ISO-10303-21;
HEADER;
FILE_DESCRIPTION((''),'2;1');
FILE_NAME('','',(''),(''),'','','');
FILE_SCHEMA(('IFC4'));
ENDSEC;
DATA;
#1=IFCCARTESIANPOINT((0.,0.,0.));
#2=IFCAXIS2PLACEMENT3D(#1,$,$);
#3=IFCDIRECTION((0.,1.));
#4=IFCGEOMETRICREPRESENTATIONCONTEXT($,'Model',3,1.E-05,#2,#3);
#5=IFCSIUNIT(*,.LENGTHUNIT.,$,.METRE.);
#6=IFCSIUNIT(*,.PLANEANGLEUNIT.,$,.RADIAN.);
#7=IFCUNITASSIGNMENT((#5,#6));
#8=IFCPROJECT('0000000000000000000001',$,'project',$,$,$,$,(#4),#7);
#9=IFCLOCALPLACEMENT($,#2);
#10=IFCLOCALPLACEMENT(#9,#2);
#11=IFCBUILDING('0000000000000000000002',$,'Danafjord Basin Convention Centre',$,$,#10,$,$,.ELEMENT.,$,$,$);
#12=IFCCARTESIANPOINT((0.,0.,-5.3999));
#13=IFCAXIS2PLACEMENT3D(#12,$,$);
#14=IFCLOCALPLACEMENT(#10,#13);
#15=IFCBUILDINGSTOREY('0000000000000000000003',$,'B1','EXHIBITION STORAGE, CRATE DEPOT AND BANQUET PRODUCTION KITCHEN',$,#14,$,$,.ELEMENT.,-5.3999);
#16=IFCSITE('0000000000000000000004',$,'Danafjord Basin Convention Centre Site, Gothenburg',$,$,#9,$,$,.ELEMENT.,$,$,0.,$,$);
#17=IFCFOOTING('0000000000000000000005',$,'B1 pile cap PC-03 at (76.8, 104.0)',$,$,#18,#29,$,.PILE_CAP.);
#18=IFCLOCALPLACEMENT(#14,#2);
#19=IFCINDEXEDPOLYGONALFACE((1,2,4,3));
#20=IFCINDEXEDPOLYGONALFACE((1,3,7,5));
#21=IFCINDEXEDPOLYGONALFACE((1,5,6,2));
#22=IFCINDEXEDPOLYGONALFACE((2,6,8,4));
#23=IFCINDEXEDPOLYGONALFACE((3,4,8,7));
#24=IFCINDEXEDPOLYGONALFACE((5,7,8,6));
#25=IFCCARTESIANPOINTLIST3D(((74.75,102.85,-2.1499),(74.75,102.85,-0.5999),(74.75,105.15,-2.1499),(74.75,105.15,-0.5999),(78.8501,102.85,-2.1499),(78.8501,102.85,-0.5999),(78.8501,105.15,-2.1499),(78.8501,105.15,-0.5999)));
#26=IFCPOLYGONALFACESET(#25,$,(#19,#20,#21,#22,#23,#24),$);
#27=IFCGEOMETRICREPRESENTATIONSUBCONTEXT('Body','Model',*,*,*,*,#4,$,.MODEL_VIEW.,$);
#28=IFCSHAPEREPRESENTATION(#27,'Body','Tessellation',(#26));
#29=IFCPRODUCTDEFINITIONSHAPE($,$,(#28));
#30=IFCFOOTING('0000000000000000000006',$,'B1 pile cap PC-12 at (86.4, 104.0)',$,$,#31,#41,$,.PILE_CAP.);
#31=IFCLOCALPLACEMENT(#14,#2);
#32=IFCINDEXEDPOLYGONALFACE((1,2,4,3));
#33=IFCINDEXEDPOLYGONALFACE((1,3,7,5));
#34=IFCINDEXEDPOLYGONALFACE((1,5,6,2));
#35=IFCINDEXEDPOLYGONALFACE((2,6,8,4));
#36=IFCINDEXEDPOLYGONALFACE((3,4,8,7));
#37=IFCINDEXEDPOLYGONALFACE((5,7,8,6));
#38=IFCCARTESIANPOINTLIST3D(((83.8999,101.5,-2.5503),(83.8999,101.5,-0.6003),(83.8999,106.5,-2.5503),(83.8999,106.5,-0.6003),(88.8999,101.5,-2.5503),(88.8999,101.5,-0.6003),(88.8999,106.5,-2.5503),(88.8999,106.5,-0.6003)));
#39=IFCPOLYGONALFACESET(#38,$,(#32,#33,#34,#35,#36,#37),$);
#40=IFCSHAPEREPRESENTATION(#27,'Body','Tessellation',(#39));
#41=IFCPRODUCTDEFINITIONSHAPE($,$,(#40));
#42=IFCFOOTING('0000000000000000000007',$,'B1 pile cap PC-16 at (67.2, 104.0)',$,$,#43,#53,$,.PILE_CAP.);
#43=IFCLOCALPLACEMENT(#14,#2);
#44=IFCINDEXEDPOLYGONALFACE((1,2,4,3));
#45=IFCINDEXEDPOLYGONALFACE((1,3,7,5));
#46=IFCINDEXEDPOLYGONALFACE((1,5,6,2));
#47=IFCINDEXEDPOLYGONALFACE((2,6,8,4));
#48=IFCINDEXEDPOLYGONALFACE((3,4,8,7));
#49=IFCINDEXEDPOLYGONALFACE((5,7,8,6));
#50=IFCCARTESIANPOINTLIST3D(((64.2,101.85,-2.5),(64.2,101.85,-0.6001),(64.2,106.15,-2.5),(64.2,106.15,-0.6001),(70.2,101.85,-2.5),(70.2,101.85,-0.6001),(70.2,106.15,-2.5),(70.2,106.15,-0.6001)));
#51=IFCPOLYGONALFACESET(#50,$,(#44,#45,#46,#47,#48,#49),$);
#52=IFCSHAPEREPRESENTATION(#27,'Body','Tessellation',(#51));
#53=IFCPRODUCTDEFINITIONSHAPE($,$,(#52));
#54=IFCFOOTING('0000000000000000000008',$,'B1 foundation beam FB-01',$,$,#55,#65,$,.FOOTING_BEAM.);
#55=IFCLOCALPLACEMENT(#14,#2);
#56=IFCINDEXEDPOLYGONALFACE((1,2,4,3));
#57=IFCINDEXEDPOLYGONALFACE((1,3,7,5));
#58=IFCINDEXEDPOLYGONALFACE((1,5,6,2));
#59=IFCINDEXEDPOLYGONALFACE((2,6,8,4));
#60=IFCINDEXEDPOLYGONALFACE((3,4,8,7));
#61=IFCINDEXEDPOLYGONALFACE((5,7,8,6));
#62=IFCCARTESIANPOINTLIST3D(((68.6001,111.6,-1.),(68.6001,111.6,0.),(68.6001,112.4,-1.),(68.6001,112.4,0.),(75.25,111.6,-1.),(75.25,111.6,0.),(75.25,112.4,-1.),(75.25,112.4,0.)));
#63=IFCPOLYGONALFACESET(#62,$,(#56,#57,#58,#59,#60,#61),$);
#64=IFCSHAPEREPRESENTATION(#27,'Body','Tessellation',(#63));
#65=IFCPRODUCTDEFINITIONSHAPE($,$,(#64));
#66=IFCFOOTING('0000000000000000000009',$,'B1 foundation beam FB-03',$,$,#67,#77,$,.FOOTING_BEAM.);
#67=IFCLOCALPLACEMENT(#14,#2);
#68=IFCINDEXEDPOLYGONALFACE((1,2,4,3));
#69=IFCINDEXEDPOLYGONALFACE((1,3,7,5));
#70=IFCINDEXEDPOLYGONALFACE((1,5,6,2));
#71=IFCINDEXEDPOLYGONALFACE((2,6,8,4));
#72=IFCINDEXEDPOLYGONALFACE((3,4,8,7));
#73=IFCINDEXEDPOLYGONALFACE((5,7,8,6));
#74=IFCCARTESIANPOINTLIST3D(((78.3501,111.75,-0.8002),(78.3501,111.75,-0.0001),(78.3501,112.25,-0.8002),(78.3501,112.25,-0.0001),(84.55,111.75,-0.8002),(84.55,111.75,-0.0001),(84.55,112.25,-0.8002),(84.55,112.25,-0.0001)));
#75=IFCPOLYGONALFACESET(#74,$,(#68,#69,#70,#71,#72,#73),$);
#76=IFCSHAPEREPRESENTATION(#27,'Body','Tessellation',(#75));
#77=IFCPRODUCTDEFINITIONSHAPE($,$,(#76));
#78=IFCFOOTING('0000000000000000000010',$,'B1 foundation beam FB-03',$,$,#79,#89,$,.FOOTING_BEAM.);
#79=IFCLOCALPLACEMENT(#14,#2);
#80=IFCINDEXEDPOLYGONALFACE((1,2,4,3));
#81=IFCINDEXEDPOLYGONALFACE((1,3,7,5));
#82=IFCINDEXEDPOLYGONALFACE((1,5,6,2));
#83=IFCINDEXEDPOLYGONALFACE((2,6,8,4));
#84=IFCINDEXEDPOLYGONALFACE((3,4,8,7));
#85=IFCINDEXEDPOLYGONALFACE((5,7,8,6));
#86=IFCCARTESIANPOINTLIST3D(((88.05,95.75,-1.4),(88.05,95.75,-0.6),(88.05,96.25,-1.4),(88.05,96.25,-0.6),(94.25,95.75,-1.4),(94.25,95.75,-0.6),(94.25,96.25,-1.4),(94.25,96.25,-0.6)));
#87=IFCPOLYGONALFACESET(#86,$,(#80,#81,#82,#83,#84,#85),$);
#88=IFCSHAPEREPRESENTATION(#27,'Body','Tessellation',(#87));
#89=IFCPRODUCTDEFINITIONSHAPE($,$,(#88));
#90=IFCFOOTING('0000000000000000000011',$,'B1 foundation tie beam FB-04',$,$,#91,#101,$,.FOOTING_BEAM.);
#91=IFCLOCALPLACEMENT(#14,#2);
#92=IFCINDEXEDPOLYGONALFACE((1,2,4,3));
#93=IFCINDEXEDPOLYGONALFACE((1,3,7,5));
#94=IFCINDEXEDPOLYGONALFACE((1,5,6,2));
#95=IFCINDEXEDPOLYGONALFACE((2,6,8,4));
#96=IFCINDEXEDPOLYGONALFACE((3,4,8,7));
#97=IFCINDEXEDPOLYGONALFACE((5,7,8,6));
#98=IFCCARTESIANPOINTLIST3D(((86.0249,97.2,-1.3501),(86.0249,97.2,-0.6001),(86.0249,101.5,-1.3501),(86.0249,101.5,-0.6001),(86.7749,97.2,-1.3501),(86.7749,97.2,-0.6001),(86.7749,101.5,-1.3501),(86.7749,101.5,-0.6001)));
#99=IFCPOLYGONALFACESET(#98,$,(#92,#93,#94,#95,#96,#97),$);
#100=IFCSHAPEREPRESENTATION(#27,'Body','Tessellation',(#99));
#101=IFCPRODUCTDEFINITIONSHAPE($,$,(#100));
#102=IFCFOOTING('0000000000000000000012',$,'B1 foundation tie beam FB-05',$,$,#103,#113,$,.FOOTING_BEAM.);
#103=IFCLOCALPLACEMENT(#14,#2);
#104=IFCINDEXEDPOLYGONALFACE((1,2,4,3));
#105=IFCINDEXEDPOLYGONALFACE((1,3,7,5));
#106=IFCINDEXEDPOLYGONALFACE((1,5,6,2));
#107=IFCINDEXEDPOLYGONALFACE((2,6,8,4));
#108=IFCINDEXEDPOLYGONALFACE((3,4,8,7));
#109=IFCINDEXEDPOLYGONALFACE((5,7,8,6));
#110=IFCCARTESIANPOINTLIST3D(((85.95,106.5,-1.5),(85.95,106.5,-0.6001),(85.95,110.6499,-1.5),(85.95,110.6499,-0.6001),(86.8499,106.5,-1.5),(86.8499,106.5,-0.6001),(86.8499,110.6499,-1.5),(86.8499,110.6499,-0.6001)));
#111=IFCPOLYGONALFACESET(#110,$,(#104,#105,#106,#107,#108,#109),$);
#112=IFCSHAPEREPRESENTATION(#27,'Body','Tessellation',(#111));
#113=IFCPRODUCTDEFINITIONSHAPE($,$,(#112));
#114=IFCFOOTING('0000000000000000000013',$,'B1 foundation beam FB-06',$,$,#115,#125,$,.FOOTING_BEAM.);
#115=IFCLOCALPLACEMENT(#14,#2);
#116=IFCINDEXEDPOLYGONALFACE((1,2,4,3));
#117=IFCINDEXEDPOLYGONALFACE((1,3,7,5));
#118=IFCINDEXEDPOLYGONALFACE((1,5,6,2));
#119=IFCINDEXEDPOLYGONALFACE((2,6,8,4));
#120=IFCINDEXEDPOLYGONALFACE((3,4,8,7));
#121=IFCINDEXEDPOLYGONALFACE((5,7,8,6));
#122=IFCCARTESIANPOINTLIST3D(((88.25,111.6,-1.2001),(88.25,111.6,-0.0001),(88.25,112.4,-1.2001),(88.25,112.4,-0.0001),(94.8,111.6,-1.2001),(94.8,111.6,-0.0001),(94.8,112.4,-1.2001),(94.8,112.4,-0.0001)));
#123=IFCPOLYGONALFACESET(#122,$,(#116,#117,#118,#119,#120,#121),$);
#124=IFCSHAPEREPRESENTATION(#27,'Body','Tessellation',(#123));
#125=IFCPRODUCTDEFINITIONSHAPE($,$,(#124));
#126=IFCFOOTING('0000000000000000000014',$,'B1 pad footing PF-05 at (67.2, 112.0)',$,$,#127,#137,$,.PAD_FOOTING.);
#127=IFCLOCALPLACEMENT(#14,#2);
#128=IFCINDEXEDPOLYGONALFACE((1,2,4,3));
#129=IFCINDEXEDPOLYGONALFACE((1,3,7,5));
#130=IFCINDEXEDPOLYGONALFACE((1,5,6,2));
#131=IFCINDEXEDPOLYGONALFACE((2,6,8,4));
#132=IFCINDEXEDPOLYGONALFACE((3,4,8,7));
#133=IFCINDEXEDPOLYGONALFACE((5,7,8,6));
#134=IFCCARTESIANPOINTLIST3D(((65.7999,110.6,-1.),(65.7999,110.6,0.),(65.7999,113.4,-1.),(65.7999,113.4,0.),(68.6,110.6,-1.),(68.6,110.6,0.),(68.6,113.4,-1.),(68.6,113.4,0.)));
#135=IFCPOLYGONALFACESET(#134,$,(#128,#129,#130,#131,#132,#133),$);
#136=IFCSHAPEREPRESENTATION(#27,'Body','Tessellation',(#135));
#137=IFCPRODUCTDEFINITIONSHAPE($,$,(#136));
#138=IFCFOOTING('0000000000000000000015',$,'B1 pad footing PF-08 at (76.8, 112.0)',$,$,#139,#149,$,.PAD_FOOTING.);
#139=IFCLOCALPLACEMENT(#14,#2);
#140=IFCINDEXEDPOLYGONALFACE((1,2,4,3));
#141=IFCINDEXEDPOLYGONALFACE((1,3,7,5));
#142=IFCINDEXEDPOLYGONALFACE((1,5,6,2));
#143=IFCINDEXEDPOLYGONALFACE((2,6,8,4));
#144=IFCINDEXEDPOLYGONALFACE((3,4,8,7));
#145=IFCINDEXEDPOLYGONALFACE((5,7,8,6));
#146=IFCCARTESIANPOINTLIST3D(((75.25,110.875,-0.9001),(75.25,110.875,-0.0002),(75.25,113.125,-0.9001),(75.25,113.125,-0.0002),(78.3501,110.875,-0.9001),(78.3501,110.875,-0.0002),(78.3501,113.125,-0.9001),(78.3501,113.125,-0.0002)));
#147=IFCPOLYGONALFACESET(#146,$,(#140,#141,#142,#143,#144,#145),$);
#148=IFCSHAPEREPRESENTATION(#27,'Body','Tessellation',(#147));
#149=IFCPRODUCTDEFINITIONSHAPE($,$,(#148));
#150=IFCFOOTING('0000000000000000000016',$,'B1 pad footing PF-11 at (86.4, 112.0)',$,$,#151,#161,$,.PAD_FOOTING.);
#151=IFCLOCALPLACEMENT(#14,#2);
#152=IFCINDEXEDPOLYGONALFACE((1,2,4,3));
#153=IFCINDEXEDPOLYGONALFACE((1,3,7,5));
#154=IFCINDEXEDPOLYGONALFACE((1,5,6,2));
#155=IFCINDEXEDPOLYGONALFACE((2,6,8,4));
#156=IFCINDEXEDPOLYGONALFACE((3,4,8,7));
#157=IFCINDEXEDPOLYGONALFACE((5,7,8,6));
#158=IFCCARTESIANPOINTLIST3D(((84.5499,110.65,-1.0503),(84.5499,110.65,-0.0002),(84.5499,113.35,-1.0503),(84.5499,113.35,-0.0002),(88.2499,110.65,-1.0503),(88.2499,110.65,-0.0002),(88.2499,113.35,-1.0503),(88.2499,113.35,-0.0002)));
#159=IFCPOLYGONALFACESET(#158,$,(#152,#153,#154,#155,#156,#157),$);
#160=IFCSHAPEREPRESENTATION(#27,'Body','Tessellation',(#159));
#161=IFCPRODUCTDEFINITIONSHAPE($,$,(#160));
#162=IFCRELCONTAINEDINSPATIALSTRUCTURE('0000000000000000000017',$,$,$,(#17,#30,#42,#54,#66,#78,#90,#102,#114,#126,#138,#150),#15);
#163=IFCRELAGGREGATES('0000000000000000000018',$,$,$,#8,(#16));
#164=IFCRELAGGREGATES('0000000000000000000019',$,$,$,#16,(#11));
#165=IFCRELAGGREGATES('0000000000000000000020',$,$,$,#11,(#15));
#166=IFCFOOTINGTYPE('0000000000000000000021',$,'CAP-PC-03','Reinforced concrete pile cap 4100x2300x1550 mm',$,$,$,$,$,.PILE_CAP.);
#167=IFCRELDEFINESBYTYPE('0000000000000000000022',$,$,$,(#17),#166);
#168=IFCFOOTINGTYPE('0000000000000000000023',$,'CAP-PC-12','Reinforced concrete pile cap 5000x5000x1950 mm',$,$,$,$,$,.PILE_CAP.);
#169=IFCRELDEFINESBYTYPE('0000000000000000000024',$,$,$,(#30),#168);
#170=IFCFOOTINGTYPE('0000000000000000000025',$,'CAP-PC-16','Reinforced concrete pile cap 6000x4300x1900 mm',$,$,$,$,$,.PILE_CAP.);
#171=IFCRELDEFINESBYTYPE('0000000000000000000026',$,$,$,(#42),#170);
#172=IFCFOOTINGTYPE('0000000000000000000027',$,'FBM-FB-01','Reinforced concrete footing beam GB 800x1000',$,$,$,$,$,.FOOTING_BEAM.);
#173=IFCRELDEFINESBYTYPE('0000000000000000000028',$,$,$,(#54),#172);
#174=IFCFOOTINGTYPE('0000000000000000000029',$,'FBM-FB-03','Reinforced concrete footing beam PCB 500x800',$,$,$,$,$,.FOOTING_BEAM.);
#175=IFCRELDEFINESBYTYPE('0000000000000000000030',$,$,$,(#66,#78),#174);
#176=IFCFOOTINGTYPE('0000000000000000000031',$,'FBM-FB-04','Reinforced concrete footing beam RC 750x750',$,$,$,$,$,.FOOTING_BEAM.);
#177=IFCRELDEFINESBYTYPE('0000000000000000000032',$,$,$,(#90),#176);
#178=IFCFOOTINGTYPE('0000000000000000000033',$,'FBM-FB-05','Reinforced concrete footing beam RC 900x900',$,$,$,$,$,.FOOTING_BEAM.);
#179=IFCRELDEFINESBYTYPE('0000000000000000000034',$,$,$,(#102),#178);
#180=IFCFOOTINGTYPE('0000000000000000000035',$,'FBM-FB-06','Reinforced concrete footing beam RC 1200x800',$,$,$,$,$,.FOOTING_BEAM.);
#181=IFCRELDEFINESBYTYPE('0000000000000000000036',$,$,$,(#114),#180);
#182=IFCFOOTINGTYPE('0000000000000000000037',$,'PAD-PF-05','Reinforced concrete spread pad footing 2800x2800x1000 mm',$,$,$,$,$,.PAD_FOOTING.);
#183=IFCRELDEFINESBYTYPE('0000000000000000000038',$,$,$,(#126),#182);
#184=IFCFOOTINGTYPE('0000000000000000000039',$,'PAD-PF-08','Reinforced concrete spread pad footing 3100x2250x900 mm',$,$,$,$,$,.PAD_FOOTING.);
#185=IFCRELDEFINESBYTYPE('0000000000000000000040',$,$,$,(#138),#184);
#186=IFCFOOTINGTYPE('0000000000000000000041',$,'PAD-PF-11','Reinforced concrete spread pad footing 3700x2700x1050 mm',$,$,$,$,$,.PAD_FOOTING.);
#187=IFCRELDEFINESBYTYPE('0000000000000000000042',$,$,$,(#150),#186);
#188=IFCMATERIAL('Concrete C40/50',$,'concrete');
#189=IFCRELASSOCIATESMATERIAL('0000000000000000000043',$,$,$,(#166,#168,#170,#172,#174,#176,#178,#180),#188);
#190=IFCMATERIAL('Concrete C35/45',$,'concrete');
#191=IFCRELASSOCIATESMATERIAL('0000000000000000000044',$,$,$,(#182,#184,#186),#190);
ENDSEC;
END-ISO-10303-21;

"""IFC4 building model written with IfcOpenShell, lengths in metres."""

from ifc_helpers import new_model, si_unit, direction, frame, origin, origin_2d, place, context, subcontext, project, spatial, rectangle, extrude, material, material_profile, profile_set, type_object, element, save


model = new_model("IFC4")

# Units and contexts
model_context = context("Model", 3, precision=1e-05, world=origin(), true_north=direction((0.0, 1.0)))
body_context = subcontext(model_context, "Body", "Model", "MODEL_VIEW")
ifc_project = project(units=[si_unit("LENGTHUNIT", "METRE"), si_unit("PLANEANGLEUNIT", "RADIAN")], contexts=[model_context])

# Site, building, storey
site_placement = place(None, origin())
site = spatial("IfcSite", under=ifc_project, at=site_placement, Name="Danafjord Basin Convention Centre Site, Gothenburg", CompositionType="ELEMENT", RefElevation=0.0)
building_placement = place(site_placement, origin())
building = spatial("IfcBuilding", under=site, at=building_placement, Name="Danafjord Basin Convention Centre", CompositionType="ELEMENT")
storey_placement = place(building_placement, frame((0.0, 0.0, -5.3999)))
storey = spatial("IfcBuildingStorey", under=building, at=storey_placement, Name="B1", Description="EXHIBITION STORAGE, CRATE DEPOT AND BANQUET PRODUCTION KITCHEN", CompositionType="ELEMENT", Elevation=-5.3999)

# Footings
ifc_material_1 = material(Name="Concrete C40/50", Category="concrete")
footing_type_1 = type_object("IfcFootingType", Name="CAP-PC-03", Description="Reinforced concrete pile cap 4100x2300x1550 mm", PredefinedType="PILE_CAP", material=ifc_material_1)
footing_1_placement = place(storey_placement, frame((76.8, 104.0, -2.1499), z_axis=(0.0, 0.0, 1.0), x_axis=(1.0, 0.0, 0.0)))
element("IfcFooting", 1, at=footing_1_placement, inside=storey, type_object=footing_type_1, Name="B1 pile cap PC-03 at (76.8, 104.0)", PredefinedType="PILE_CAP", context=body_context, shape_type="SweptSolid", body=[
    extrude(rectangle(XDim=4.1001, YDim=2.3, at=origin_2d()), origin(), (0.0, 0.0, 1.0), 1.55),
])
footing_type_2 = type_object("IfcFootingType", Name="CAP-PC-12", Description="Reinforced concrete pile cap 5000x5000x1950 mm", PredefinedType="PILE_CAP", material=ifc_material_1)
footing_2_placement = place(storey_placement, frame((86.3999, 104.0, -2.5503), z_axis=(0.0, 0.0, 1.0), x_axis=(1.0, 0.0, 0.0)))
element("IfcFooting", 2, at=footing_2_placement, inside=storey, type_object=footing_type_2, Name="B1 pile cap PC-12 at (86.4, 104.0)", PredefinedType="PILE_CAP", context=body_context, shape_type="SweptSolid", body=[
    extrude(rectangle(XDim=5.0, YDim=5.0, at=origin_2d()), origin(), (0.0, 0.0, 1.0), 1.95),
])
footing_type_3 = type_object("IfcFootingType", Name="CAP-PC-16", Description="Reinforced concrete pile cap 6000x4300x1900 mm", PredefinedType="PILE_CAP", material=ifc_material_1)
footing_3_placement = place(storey_placement, frame((67.2, 104.0, -2.5), z_axis=(0.0, 0.0, 1.0), x_axis=(1.0, 0.0, 0.0)))
element("IfcFooting", 3, at=footing_3_placement, inside=storey, type_object=footing_type_3, Name="B1 pile cap PC-16 at (67.2, 104.0)", PredefinedType="PILE_CAP", context=body_context, shape_type="SweptSolid", body=[
    extrude(rectangle(XDim=6.0, YDim=4.3, at=origin_2d()), origin(), (0.0, 0.0, 1.0), 1.8999),
])
ifc_material_profile_1 = material_profile(ifc_material_1, rectangle(XDim=0.8, YDim=1.0, at=origin_2d()), Name="GB 800x1000")
ifc_profile_set_1 = profile_set([ifc_material_profile_1], Name="Concrete C40/50")
footing_type_4 = type_object("IfcFootingType", Name="FBM-FB-01", Description="Reinforced concrete footing beam GB 800x1000", PredefinedType="FOOTING_BEAM", material=ifc_profile_set_1)
footing_4_placement = place(storey_placement, frame((68.6001, 112.0, -0.5), z_axis=(1.0, 0.0, 0.0), x_axis=(0.0, 1.0, 0.0)))
element("IfcFooting", 4, at=footing_4_placement, inside=storey, type_object=footing_type_4, Name="B1 foundation beam FB-01", PredefinedType="FOOTING_BEAM", context=body_context, shape_type="SweptSolid", body=[
    extrude(rectangle(XDim=0.8, YDim=1.0, at=origin_2d()), origin(), (0.0, 0.0, 1.0), 6.6499),
])
ifc_material_profile_2 = material_profile(ifc_material_1, rectangle(XDim=0.5, YDim=0.8, at=origin_2d()), Name="PCB 500x800")
ifc_profile_set_2 = profile_set([ifc_material_profile_2], Name="Concrete C40/50")
footing_type_5 = type_object("IfcFootingType", Name="FBM-FB-03", Description="Reinforced concrete footing beam PCB 500x800", PredefinedType="FOOTING_BEAM", material=ifc_profile_set_2)
for number, where, z_axis, x_axis, name in (
    (5, (78.3501, 112.0, -0.4001), (1.0, 0.0, 0.0), (0.0, 1.0, 0.0), "B1 foundation beam FB-03"),
    (6, (88.05, 96.0, -1.0), (1.0, 0.0, 0.0), (0.0, 1.0, 0.0), "B1 foundation beam FB-03"),
):
    element("IfcFooting", number, at=place(storey_placement, frame(where, z_axis=z_axis, x_axis=x_axis)), inside=storey, type_object=footing_type_5, Name=name, PredefinedType="FOOTING_BEAM", context=body_context, shape_type="SweptSolid", body=[
        extrude(rectangle(XDim=0.5, YDim=0.8, at=origin_2d()), origin(), (0.0, 0.0, 1.0), 6.2),
    ])
ifc_material_profile_3 = material_profile(ifc_material_1, rectangle(XDim=0.75, YDim=0.75, at=origin_2d()), Name="RC 750x750")
ifc_profile_set_3 = profile_set([ifc_material_profile_3], Name="Concrete C40/50")
footing_type_6 = type_object("IfcFootingType", Name="FBM-FB-04", Description="Reinforced concrete footing beam RC 750x750", PredefinedType="FOOTING_BEAM", material=ifc_profile_set_3)
footing_5_placement = place(storey_placement, frame((86.3999, 97.2, -0.9751), z_axis=(0.0, 1.0, 0.0), x_axis=(-1.0, 0.0, 0.0)))
element("IfcFooting", 7, at=footing_5_placement, inside=storey, type_object=footing_type_6, Name="B1 foundation tie beam FB-04", PredefinedType="FOOTING_BEAM", context=body_context, shape_type="SweptSolid", body=[
    extrude(rectangle(XDim=0.75, YDim=0.75, at=origin_2d()), origin(), (0.0, 0.0, 1.0), 4.3),
])
ifc_material_profile_4 = material_profile(ifc_material_1, rectangle(XDim=0.8999, YDim=0.8999, at=origin_2d()), Name="RC 900x900")
ifc_profile_set_4 = profile_set([ifc_material_profile_4], Name="Concrete C40/50")
footing_type_7 = type_object("IfcFootingType", Name="FBM-FB-05", Description="Reinforced concrete footing beam RC 900x900", PredefinedType="FOOTING_BEAM", material=ifc_profile_set_4)
footing_6_placement = place(storey_placement, frame((86.3999, 106.5, -1.05), z_axis=(0.0, 1.0, 0.0), x_axis=(-1.0, 0.0, 0.0)))
element("IfcFooting", 8, at=footing_6_placement, inside=storey, type_object=footing_type_7, Name="B1 foundation tie beam FB-05", PredefinedType="FOOTING_BEAM", context=body_context, shape_type="SweptSolid", body=[
    extrude(rectangle(XDim=0.8999, YDim=0.8999, at=origin_2d()), origin(), (0.0, 0.0, 1.0), 4.1499),
])
ifc_material_profile_5 = material_profile(ifc_material_1, rectangle(XDim=0.8, YDim=1.2, at=origin_2d()), Name="RC 1200x800")
ifc_profile_set_5 = profile_set([ifc_material_profile_5], Name="Concrete C40/50")
footing_type_8 = type_object("IfcFootingType", Name="FBM-FB-06", Description="Reinforced concrete footing beam RC 1200x800", PredefinedType="FOOTING_BEAM", material=ifc_profile_set_5)
footing_7_placement = place(storey_placement, frame((88.25, 112.0, -0.6001), z_axis=(1.0, 0.0, 0.0), x_axis=(0.0, 1.0, 0.0)))
element("IfcFooting", 9, at=footing_7_placement, inside=storey, type_object=footing_type_8, Name="B1 foundation beam FB-06", PredefinedType="FOOTING_BEAM", context=body_context, shape_type="SweptSolid", body=[
    extrude(rectangle(XDim=0.8, YDim=1.2, at=origin_2d()), origin(), (0.0, 0.0, 1.0), 6.55),
])
ifc_material_2 = material(Name="Concrete C35/45", Category="concrete")
footing_type_9 = type_object("IfcFootingType", Name="PAD-PF-05", Description="Reinforced concrete spread pad footing 2800x2800x1000 mm", PredefinedType="PAD_FOOTING", material=ifc_material_2)
footing_8_placement = place(storey_placement, frame((67.2, 112.0, -1.0), z_axis=(0.0, 0.0, 1.0), x_axis=(1.0, 0.0, 0.0)))
element("IfcFooting", 10, at=footing_8_placement, inside=storey, type_object=footing_type_9, Name="B1 pad footing PF-05 at (67.2, 112.0)", PredefinedType="PAD_FOOTING", context=body_context, shape_type="SweptSolid", body=[
    extrude(rectangle(XDim=2.8, YDim=2.8, at=origin_2d()), origin(), (0.0, 0.0, 1.0), 1.0),
])
footing_type_10 = type_object("IfcFootingType", Name="PAD-PF-08", Description="Reinforced concrete spread pad footing 3100x2250x900 mm", PredefinedType="PAD_FOOTING", material=ifc_material_2)
footing_9_placement = place(storey_placement, frame((76.8, 112.0, -0.9001), z_axis=(0.0, 0.0, 1.0), x_axis=(1.0, 0.0, 0.0)))
element("IfcFooting", 11, at=footing_9_placement, inside=storey, type_object=footing_type_10, Name="B1 pad footing PF-08 at (76.8, 112.0)", PredefinedType="PAD_FOOTING", context=body_context, shape_type="SweptSolid", body=[
    extrude(rectangle(XDim=3.1001, YDim=2.25, at=origin_2d()), origin(), (0.0, 0.0, 1.0), 0.8999),
])
footing_type_11 = type_object("IfcFootingType", Name="PAD-PF-11", Description="Reinforced concrete spread pad footing 3700x2700x1050 mm", PredefinedType="PAD_FOOTING", material=ifc_material_2)
footing_10_placement = place(storey_placement, frame((86.3999, 112.0, -1.0503), z_axis=(0.0, 0.0, 1.0), x_axis=(1.0, 0.0, 0.0)))
element("IfcFooting", 12, at=footing_10_placement, inside=storey, type_object=footing_type_11, Name="B1 pad footing PF-11 at (86.4, 112.0)", PredefinedType="PAD_FOOTING", context=body_context, shape_type="SweptSolid", body=[
    extrude(rectangle(XDim=3.7, YDim=2.7, at=origin_2d()), origin(), (0.0, 0.0, 1.0), 1.05),
])

save(model, "model.ifc")
